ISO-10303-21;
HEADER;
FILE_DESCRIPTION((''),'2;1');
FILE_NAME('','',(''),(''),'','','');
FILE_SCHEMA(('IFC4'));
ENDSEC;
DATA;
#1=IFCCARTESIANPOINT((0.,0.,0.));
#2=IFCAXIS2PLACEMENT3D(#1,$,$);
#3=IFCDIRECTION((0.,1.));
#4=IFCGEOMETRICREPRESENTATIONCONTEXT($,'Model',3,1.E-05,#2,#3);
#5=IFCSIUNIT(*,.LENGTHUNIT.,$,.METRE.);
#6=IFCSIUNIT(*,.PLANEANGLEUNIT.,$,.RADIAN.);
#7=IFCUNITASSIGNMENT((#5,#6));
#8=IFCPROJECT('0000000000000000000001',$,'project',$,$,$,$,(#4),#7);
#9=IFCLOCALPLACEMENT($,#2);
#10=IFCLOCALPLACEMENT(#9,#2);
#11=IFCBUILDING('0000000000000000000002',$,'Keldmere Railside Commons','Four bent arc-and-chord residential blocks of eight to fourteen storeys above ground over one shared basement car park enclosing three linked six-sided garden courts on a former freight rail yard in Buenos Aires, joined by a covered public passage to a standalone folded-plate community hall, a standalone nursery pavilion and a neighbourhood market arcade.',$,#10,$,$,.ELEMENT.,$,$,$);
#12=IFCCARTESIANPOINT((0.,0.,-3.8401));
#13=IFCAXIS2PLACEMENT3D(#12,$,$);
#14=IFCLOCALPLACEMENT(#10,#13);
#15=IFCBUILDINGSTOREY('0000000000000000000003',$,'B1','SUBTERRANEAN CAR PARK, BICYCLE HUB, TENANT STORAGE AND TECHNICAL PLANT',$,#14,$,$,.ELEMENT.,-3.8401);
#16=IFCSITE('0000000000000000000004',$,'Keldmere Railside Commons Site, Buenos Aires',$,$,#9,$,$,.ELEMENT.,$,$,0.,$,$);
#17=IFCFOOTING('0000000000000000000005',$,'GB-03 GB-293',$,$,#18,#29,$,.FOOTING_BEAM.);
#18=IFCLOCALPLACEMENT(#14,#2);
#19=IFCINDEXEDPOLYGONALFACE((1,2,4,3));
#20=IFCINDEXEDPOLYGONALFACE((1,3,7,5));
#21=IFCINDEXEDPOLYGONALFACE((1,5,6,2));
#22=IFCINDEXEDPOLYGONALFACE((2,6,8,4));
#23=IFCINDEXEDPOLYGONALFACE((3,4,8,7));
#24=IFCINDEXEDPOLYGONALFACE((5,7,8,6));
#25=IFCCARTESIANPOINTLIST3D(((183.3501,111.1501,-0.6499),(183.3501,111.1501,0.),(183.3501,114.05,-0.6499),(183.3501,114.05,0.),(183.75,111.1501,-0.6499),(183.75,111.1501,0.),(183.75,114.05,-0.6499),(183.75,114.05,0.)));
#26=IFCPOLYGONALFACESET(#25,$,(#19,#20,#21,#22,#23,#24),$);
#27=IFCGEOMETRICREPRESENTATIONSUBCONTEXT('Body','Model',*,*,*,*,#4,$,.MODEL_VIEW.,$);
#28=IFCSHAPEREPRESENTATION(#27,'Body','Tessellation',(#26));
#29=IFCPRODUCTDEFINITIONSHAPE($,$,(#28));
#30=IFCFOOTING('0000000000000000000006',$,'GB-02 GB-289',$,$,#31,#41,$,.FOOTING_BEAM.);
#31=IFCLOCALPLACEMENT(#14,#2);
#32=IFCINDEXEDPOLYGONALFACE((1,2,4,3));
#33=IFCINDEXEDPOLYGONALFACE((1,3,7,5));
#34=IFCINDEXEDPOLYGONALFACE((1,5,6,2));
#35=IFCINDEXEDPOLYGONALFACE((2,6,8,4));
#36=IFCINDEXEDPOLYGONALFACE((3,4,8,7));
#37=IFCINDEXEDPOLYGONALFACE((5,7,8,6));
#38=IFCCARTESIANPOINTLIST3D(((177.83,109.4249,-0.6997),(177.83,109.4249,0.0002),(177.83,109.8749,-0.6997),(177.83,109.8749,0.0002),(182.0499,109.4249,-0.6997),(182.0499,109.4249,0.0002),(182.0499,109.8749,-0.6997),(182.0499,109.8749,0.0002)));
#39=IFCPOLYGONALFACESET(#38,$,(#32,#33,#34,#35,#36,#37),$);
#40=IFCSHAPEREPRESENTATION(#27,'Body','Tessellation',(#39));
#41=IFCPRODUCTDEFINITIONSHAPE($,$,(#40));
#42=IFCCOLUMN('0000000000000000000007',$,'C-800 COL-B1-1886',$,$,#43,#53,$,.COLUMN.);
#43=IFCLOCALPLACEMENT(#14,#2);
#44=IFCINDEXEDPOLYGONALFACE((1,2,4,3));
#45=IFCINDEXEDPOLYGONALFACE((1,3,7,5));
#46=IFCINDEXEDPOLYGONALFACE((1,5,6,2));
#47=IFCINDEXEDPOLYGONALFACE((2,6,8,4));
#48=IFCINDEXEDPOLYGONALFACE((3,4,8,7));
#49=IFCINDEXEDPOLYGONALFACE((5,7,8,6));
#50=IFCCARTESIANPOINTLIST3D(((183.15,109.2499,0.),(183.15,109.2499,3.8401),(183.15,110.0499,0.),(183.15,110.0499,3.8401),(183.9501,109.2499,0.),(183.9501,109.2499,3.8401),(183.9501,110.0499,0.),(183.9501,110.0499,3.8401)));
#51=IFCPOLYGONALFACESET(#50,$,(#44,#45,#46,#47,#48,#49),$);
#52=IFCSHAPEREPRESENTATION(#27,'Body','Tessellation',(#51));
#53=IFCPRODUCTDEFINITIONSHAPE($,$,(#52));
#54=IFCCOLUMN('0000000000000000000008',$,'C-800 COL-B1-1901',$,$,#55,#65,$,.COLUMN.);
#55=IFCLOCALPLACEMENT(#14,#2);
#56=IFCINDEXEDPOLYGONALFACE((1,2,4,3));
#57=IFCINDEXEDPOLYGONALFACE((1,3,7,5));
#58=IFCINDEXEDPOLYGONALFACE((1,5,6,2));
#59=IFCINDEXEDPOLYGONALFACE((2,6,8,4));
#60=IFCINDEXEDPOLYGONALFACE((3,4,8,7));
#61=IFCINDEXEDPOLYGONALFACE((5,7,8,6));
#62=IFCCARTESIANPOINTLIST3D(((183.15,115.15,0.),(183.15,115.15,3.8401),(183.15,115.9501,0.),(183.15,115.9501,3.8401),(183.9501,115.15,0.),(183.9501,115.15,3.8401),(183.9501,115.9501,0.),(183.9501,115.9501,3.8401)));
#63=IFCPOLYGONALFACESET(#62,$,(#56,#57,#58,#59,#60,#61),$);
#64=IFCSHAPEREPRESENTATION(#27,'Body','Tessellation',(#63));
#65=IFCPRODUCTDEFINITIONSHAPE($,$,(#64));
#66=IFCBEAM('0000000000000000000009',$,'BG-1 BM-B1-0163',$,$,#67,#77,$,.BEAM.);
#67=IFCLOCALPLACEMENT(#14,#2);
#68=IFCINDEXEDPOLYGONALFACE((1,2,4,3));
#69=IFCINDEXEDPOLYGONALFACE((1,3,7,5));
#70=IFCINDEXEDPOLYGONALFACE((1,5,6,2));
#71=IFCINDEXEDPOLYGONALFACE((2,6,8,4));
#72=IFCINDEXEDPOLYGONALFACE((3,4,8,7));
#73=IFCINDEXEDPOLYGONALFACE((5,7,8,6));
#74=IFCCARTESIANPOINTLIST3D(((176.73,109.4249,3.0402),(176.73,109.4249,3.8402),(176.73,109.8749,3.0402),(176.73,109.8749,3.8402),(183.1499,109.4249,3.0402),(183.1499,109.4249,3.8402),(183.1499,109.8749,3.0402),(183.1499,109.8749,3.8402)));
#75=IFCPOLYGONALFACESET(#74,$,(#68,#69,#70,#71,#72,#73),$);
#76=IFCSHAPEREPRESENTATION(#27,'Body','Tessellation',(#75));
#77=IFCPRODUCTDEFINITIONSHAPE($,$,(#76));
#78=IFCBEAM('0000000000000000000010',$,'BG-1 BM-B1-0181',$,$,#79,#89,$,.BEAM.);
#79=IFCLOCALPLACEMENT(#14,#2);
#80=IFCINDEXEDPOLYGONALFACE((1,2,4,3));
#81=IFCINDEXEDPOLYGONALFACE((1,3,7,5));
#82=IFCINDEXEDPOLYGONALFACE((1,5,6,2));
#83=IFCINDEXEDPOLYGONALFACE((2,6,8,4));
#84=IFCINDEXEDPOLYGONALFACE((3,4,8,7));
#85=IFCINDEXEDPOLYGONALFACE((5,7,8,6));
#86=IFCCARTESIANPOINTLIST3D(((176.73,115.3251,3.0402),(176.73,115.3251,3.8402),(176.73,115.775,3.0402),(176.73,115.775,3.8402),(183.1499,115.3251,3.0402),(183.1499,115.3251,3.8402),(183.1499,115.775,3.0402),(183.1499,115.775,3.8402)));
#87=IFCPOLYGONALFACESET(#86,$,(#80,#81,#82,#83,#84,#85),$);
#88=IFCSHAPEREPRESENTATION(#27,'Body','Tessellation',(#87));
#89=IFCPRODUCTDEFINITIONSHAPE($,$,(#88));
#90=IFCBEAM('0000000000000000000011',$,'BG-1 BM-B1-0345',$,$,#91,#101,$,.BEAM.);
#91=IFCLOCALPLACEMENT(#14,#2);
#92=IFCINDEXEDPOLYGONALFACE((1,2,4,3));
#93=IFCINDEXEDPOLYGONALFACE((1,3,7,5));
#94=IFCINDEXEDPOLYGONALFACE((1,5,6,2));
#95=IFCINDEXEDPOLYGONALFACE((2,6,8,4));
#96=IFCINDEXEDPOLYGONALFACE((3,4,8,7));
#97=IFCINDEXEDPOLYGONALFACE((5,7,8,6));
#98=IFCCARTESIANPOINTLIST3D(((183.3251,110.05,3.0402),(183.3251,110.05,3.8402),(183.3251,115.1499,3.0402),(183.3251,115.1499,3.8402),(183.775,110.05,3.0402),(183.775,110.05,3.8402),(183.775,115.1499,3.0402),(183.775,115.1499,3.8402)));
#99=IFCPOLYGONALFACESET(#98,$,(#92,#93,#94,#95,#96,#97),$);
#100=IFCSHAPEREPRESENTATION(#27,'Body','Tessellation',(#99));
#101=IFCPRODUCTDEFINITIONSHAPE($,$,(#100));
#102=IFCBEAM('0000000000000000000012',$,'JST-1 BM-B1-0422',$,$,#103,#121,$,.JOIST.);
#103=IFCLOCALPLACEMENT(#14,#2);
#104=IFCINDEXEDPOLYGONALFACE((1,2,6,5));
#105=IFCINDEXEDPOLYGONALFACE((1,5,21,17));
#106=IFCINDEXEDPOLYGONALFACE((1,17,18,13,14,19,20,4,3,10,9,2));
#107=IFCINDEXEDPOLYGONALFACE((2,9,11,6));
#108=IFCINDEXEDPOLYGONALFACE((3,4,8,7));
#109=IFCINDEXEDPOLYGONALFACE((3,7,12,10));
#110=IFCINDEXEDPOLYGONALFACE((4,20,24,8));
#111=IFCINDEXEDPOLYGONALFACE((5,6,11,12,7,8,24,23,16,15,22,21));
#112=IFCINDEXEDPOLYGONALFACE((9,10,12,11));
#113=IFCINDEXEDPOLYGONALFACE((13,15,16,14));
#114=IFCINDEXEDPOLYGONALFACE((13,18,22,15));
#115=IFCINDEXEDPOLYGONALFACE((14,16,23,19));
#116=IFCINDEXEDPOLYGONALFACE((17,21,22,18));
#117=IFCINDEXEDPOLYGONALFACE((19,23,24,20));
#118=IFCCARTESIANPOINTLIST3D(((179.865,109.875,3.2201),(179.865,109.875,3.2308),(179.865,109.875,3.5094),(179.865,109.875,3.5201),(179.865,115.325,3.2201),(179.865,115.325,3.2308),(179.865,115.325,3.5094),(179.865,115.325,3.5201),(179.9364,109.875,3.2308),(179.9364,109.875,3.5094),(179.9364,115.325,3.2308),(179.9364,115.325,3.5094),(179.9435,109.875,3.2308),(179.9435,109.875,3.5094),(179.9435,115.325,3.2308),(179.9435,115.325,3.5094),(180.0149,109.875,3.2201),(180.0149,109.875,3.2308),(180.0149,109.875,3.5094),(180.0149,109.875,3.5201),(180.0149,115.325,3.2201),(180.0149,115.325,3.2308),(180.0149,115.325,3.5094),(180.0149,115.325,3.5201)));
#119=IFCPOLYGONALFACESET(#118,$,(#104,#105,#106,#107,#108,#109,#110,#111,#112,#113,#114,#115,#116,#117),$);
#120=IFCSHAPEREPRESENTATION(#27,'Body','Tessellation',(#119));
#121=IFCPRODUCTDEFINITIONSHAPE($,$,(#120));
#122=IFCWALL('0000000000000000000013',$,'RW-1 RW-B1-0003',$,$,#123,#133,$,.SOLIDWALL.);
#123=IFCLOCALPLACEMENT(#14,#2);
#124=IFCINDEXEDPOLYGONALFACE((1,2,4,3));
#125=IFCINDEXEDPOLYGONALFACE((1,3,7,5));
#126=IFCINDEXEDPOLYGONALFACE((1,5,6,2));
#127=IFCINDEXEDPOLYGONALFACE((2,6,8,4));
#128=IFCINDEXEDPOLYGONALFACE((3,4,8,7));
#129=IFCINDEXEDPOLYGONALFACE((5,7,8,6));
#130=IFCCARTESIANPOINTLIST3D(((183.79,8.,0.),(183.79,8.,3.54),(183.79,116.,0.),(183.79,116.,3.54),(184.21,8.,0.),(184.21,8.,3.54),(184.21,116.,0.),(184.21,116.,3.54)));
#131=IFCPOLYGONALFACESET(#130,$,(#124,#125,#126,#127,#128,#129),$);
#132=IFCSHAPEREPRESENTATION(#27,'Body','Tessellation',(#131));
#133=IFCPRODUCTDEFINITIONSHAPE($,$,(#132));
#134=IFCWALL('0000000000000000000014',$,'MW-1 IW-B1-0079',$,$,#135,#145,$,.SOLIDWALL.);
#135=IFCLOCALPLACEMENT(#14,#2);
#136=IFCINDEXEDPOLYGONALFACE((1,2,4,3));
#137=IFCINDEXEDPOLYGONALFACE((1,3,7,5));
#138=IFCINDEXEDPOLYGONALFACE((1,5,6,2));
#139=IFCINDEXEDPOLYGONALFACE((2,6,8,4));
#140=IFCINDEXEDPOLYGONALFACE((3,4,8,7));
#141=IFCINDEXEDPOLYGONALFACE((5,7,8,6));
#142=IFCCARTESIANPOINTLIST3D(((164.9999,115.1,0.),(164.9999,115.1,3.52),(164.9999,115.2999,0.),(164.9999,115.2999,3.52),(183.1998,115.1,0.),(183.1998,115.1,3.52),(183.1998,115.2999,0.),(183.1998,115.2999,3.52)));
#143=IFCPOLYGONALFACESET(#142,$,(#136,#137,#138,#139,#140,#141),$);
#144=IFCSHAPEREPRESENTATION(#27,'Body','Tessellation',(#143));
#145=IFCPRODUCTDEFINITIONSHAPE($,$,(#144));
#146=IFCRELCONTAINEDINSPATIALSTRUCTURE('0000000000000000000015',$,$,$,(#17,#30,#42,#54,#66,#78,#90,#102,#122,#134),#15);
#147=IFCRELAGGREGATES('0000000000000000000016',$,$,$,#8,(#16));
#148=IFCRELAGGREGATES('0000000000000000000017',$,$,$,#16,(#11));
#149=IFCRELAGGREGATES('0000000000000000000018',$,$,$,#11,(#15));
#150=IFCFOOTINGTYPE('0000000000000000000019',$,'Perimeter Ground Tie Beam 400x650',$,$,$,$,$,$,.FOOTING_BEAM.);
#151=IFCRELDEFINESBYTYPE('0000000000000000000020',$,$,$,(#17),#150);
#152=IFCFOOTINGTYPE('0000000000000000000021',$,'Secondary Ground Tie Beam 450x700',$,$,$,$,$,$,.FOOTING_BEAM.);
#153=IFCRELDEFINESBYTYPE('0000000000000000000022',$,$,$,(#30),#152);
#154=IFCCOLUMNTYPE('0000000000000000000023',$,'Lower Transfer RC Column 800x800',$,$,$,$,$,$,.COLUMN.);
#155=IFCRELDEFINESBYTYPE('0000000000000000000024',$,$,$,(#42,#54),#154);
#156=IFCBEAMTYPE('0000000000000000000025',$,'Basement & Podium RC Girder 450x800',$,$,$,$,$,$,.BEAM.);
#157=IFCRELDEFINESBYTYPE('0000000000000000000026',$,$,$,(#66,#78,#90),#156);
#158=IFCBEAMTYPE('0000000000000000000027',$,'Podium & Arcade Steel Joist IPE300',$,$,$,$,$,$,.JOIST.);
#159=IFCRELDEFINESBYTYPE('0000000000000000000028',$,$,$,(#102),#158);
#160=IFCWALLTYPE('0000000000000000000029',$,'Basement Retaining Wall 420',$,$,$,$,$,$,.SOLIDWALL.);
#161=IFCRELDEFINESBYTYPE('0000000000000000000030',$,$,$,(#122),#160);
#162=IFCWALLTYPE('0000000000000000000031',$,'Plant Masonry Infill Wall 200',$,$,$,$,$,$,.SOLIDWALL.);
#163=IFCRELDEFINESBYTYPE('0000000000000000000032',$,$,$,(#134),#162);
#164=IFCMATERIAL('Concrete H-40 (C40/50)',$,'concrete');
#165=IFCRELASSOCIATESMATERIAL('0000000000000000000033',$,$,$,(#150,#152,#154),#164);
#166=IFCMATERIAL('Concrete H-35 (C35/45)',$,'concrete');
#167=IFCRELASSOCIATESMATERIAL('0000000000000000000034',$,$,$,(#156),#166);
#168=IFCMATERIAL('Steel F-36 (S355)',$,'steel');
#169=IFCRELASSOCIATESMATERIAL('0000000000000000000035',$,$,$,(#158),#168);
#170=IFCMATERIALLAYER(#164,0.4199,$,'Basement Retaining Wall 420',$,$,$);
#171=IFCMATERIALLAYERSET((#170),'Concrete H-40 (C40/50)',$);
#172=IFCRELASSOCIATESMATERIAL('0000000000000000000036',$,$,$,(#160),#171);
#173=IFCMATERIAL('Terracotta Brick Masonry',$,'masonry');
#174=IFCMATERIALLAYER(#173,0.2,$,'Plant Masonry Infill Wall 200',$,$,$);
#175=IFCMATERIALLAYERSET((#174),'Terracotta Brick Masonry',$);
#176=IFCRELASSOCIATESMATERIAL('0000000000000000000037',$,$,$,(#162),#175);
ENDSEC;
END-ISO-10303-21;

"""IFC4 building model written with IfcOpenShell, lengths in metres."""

from ifc_helpers import new_model, si_unit, direction, frame, frame_2d, origin, origin_2d, place, context, subcontext, project, spatial, rectangle, i_section, extrude, material, layer, layer_set, material_profile, profile_set, type_object, element, save


model = new_model("IFC4")

# Units and contexts
model_context = context("Model", 3, precision=1e-05, world=origin(), true_north=direction((0.0, 1.0)))
body_context = subcontext(model_context, "Body", "Model", "MODEL_VIEW")
ifc_project = project(units=[si_unit("LENGTHUNIT", "METRE"), si_unit("PLANEANGLEUNIT", "RADIAN")], contexts=[model_context])

# Site, building, storey
site_placement = place(None, origin())
site = spatial("IfcSite", under=ifc_project, at=site_placement, Name="Keldmere Railside Commons Site, Buenos Aires", CompositionType="ELEMENT", RefElevation=0.0)
building_placement = place(site_placement, origin())
building = spatial("IfcBuilding", under=site, at=building_placement, Name="Keldmere Railside Commons", Description="Four bent arc-and-chord residential blocks of eight to fourteen storeys above ground over one shared basement car park enclosing three linked six-sided garden courts on a former freight rail yard in Buenos Aires, joined by a covered public passage to a standalone folded-plate community hall, a standalone nursery pavilion and a neighbourhood market arcade.", CompositionType="ELEMENT")
storey_placement = place(building_placement, frame((0.0, 0.0, -3.8401)))
storey = spatial("IfcBuildingStorey", under=building, at=storey_placement, Name="B1", Description="SUBTERRANEAN CAR PARK, BICYCLE HUB, TENANT STORAGE AND TECHNICAL PLANT", CompositionType="ELEMENT", Elevation=-3.8401)

# Footings
ifc_material_1 = material(Name="Concrete H-40 (C40/50)", Category="concrete")
footing_type_1 = type_object("IfcFootingType", Name="Perimeter Ground Tie Beam 400x650", PredefinedType="FOOTING_BEAM", material=ifc_material_1)
footing_1_placement = place(storey_placement, frame((183.55, 112.6001, -0.6499), z_axis=(0.0, 0.0, 1.0), x_axis=(0.0, 1.0, 0.0)))
element("IfcFooting", 1, at=footing_1_placement, inside=storey, type_object=footing_type_1, Name="GB-03 GB-293", PredefinedType="FOOTING_BEAM", context=body_context, shape_type="SweptSolid", body=[
    extrude(rectangle(XDim=2.8999, YDim=0.3999, at=origin_2d()), origin(), (0.0, 0.0, 1.0), 0.6499),
])
footing_type_2 = type_object("IfcFootingType", Name="Secondary Ground Tie Beam 450x700", PredefinedType="FOOTING_BEAM", material=ifc_material_1)
footing_2_placement = place(storey_placement, frame((179.9399, 109.6499, -0.6997), z_axis=(0.0, 0.0, 1.0), x_axis=(1.0, 0.0, 0.0)))
element("IfcFooting", 2, at=footing_2_placement, inside=storey, type_object=footing_type_2, Name="GB-02 GB-289", PredefinedType="FOOTING_BEAM", context=body_context, shape_type="SweptSolid", body=[
    extrude(rectangle(XDim=4.22, YDim=0.45, at=origin_2d()), origin(), (0.0, 0.0, 1.0), 0.7),
])

# Columns
ifc_material_profile_1 = material_profile(ifc_material_1, rectangle(XDim=0.8, YDim=0.8, at=origin_2d()), Name="RC-800x800")
ifc_profile_set_1 = profile_set([ifc_material_profile_1], Name="Concrete H-40 (C40/50)")
column_type = type_object("IfcColumnType", Name="Lower Transfer RC Column 800x800", PredefinedType="COLUMN", material=ifc_profile_set_1)
for number, where, z_axis, x_axis, name in (
    (3, (183.55, 109.6499, 0.0), (0.0, 0.0, 1.0), (1.0, 0.0, 0.0), "C-800 COL-B1-1886"),
    (4, (183.55, 115.55, 0.0), (0.0, 0.0, 1.0), (1.0, 0.0, 0.0), "C-800 COL-B1-1901"),
):
    element("IfcColumn", number, at=place(storey_placement, frame(where, z_axis=z_axis, x_axis=x_axis)), inside=storey, type_object=column_type, Name=name, PredefinedType="COLUMN", context=body_context, shape_type="SweptSolid", body=[
        extrude(rectangle(XDim=0.8, YDim=0.8, at=origin_2d()), origin(), (0.0, 0.0, 1.0), 3.8401),
    ])

# Beams
ifc_material_2 = material(Name="Concrete H-35 (C35/45)", Category="concrete")
ifc_material_profile_2 = material_profile(ifc_material_2, rectangle(XDim=0.45, YDim=0.8, at=origin_2d()), Name="RC-450x800")
ifc_profile_set_2 = profile_set([ifc_material_profile_2], Name="Concrete H-35 (C35/45)")
beam_type_1 = type_object("IfcBeamType", Name="Basement & Podium RC Girder 450x800", PredefinedType="BEAM", material=ifc_profile_set_2)
for number, where, z_axis, x_axis, name in (
    (5, (176.73, 109.6499, 3.4402), (1.0, 0.0, 0.0), (0.0, 1.0, 0.0), "BG-1 BM-B1-0163"),
    (6, (176.73, 115.55, 3.4402), (1.0, 0.0, 0.0), (0.0, 1.0, 0.0), "BG-1 BM-B1-0181"),
):
    element("IfcBeam", number, at=place(storey_placement, frame(where, z_axis=z_axis, x_axis=x_axis)), inside=storey, type_object=beam_type_1, Name=name, PredefinedType="BEAM", context=body_context, shape_type="SweptSolid", body=[
        extrude(rectangle(XDim=0.45, YDim=0.8, at=origin_2d()), origin(), (0.0, 0.0, 1.0), 6.4199),
    ])
beam_1_placement = place(storey_placement, frame((183.55, 110.05, 3.4402), z_axis=(0.0, 1.0, 0.0), x_axis=(-1.0, 0.0, 0.0)))
element("IfcBeam", 7, at=beam_1_placement, inside=storey, type_object=beam_type_1, Name="BG-1 BM-B1-0345", PredefinedType="BEAM", context=body_context, shape_type="SweptSolid", body=[
    extrude(rectangle(XDim=0.45, YDim=0.8, at=origin_2d()), origin(), (0.0, 0.0, 1.0), 5.0999),
])
ifc_material_3 = material(Name="Steel F-36 (S355)", Category="steel")
ifc_material_profile_3 = material_profile(ifc_material_3, i_section(OverallWidth=0.1499, OverallDepth=0.3, WebThickness=0.0071, FlangeThickness=0.0107, at=origin_2d()), Name="IPE-300")
ifc_profile_set_3 = profile_set([ifc_material_profile_3], Name="Steel F-36 (S355)")
beam_type_2 = type_object("IfcBeamType", Name="Podium & Arcade Steel Joist IPE300", PredefinedType="JOIST", material=ifc_profile_set_3)
beam_2_placement = place(storey_placement, frame((179.9399, 109.875, 3.3701), z_axis=(0.0, 1.0, 0.0), x_axis=(-1.0, 0.0, 0.0)))
element("IfcBeam", 8, at=beam_2_placement, inside=storey, type_object=beam_type_2, Name="JST-1 BM-B1-0422", PredefinedType="JOIST", context=body_context, shape_type="SweptSolid", body=[
    extrude(i_section(OverallWidth=0.1499, OverallDepth=0.3, WebThickness=0.0071, FlangeThickness=0.0107, at=origin_2d()), origin(), (0.0, 0.0, 1.0), 5.45),
])

# Walls
ifc_layer_1 = layer(ifc_material_1, 0.4199, Name="Basement Retaining Wall 420")
ifc_layer_set_1 = layer_set([ifc_layer_1], Name="Concrete H-40 (C40/50)")
wall_type_1 = type_object("IfcWallType", Name="Basement Retaining Wall 420", PredefinedType="SOLIDWALL", material=ifc_layer_set_1)
wall_1_placement = place(storey_placement, frame((184.0, 116.0, 0.0), z_axis=(0.0, 0.0, 1.0), x_axis=(0.0, -1.0, 0.0)))
element("IfcWall", 9, at=wall_1_placement, inside=storey, type_object=wall_type_1, Name="RW-1 RW-B1-0003", PredefinedType="SOLIDWALL", context=body_context, shape_type="SweptSolid", body=[
    extrude(rectangle(XDim=108.0, YDim=0.4199, at=frame_2d((54.0, 0.0))), origin(), (0.0, 0.0, 1.0), 3.54),
])
ifc_material_4 = material(Name="Terracotta Brick Masonry", Category="masonry")
ifc_layer_2 = layer(ifc_material_4, 0.2, Name="Plant Masonry Infill Wall 200")
ifc_layer_set_2 = layer_set([ifc_layer_2], Name="Terracotta Brick Masonry")
wall_type_2 = type_object("IfcWallType", Name="Plant Masonry Infill Wall 200", PredefinedType="SOLIDWALL", material=ifc_layer_set_2)
wall_2_placement = place(storey_placement, frame((183.2, 115.2, 0.0), z_axis=(0.0, 0.0, 1.0), x_axis=(-1.0, 0.0, 0.0)))
element("IfcWall", 10, at=wall_2_placement, inside=storey, type_object=wall_type_2, Name="MW-1 IW-B1-0079", PredefinedType="SOLIDWALL", context=body_context, shape_type="SweptSolid", body=[
    extrude(rectangle(XDim=18.2, YDim=0.2, at=frame_2d((9.1001, 0.0))), origin(), (0.0, 0.0, 1.0), 3.52),
])

save(model, "model.ifc")
